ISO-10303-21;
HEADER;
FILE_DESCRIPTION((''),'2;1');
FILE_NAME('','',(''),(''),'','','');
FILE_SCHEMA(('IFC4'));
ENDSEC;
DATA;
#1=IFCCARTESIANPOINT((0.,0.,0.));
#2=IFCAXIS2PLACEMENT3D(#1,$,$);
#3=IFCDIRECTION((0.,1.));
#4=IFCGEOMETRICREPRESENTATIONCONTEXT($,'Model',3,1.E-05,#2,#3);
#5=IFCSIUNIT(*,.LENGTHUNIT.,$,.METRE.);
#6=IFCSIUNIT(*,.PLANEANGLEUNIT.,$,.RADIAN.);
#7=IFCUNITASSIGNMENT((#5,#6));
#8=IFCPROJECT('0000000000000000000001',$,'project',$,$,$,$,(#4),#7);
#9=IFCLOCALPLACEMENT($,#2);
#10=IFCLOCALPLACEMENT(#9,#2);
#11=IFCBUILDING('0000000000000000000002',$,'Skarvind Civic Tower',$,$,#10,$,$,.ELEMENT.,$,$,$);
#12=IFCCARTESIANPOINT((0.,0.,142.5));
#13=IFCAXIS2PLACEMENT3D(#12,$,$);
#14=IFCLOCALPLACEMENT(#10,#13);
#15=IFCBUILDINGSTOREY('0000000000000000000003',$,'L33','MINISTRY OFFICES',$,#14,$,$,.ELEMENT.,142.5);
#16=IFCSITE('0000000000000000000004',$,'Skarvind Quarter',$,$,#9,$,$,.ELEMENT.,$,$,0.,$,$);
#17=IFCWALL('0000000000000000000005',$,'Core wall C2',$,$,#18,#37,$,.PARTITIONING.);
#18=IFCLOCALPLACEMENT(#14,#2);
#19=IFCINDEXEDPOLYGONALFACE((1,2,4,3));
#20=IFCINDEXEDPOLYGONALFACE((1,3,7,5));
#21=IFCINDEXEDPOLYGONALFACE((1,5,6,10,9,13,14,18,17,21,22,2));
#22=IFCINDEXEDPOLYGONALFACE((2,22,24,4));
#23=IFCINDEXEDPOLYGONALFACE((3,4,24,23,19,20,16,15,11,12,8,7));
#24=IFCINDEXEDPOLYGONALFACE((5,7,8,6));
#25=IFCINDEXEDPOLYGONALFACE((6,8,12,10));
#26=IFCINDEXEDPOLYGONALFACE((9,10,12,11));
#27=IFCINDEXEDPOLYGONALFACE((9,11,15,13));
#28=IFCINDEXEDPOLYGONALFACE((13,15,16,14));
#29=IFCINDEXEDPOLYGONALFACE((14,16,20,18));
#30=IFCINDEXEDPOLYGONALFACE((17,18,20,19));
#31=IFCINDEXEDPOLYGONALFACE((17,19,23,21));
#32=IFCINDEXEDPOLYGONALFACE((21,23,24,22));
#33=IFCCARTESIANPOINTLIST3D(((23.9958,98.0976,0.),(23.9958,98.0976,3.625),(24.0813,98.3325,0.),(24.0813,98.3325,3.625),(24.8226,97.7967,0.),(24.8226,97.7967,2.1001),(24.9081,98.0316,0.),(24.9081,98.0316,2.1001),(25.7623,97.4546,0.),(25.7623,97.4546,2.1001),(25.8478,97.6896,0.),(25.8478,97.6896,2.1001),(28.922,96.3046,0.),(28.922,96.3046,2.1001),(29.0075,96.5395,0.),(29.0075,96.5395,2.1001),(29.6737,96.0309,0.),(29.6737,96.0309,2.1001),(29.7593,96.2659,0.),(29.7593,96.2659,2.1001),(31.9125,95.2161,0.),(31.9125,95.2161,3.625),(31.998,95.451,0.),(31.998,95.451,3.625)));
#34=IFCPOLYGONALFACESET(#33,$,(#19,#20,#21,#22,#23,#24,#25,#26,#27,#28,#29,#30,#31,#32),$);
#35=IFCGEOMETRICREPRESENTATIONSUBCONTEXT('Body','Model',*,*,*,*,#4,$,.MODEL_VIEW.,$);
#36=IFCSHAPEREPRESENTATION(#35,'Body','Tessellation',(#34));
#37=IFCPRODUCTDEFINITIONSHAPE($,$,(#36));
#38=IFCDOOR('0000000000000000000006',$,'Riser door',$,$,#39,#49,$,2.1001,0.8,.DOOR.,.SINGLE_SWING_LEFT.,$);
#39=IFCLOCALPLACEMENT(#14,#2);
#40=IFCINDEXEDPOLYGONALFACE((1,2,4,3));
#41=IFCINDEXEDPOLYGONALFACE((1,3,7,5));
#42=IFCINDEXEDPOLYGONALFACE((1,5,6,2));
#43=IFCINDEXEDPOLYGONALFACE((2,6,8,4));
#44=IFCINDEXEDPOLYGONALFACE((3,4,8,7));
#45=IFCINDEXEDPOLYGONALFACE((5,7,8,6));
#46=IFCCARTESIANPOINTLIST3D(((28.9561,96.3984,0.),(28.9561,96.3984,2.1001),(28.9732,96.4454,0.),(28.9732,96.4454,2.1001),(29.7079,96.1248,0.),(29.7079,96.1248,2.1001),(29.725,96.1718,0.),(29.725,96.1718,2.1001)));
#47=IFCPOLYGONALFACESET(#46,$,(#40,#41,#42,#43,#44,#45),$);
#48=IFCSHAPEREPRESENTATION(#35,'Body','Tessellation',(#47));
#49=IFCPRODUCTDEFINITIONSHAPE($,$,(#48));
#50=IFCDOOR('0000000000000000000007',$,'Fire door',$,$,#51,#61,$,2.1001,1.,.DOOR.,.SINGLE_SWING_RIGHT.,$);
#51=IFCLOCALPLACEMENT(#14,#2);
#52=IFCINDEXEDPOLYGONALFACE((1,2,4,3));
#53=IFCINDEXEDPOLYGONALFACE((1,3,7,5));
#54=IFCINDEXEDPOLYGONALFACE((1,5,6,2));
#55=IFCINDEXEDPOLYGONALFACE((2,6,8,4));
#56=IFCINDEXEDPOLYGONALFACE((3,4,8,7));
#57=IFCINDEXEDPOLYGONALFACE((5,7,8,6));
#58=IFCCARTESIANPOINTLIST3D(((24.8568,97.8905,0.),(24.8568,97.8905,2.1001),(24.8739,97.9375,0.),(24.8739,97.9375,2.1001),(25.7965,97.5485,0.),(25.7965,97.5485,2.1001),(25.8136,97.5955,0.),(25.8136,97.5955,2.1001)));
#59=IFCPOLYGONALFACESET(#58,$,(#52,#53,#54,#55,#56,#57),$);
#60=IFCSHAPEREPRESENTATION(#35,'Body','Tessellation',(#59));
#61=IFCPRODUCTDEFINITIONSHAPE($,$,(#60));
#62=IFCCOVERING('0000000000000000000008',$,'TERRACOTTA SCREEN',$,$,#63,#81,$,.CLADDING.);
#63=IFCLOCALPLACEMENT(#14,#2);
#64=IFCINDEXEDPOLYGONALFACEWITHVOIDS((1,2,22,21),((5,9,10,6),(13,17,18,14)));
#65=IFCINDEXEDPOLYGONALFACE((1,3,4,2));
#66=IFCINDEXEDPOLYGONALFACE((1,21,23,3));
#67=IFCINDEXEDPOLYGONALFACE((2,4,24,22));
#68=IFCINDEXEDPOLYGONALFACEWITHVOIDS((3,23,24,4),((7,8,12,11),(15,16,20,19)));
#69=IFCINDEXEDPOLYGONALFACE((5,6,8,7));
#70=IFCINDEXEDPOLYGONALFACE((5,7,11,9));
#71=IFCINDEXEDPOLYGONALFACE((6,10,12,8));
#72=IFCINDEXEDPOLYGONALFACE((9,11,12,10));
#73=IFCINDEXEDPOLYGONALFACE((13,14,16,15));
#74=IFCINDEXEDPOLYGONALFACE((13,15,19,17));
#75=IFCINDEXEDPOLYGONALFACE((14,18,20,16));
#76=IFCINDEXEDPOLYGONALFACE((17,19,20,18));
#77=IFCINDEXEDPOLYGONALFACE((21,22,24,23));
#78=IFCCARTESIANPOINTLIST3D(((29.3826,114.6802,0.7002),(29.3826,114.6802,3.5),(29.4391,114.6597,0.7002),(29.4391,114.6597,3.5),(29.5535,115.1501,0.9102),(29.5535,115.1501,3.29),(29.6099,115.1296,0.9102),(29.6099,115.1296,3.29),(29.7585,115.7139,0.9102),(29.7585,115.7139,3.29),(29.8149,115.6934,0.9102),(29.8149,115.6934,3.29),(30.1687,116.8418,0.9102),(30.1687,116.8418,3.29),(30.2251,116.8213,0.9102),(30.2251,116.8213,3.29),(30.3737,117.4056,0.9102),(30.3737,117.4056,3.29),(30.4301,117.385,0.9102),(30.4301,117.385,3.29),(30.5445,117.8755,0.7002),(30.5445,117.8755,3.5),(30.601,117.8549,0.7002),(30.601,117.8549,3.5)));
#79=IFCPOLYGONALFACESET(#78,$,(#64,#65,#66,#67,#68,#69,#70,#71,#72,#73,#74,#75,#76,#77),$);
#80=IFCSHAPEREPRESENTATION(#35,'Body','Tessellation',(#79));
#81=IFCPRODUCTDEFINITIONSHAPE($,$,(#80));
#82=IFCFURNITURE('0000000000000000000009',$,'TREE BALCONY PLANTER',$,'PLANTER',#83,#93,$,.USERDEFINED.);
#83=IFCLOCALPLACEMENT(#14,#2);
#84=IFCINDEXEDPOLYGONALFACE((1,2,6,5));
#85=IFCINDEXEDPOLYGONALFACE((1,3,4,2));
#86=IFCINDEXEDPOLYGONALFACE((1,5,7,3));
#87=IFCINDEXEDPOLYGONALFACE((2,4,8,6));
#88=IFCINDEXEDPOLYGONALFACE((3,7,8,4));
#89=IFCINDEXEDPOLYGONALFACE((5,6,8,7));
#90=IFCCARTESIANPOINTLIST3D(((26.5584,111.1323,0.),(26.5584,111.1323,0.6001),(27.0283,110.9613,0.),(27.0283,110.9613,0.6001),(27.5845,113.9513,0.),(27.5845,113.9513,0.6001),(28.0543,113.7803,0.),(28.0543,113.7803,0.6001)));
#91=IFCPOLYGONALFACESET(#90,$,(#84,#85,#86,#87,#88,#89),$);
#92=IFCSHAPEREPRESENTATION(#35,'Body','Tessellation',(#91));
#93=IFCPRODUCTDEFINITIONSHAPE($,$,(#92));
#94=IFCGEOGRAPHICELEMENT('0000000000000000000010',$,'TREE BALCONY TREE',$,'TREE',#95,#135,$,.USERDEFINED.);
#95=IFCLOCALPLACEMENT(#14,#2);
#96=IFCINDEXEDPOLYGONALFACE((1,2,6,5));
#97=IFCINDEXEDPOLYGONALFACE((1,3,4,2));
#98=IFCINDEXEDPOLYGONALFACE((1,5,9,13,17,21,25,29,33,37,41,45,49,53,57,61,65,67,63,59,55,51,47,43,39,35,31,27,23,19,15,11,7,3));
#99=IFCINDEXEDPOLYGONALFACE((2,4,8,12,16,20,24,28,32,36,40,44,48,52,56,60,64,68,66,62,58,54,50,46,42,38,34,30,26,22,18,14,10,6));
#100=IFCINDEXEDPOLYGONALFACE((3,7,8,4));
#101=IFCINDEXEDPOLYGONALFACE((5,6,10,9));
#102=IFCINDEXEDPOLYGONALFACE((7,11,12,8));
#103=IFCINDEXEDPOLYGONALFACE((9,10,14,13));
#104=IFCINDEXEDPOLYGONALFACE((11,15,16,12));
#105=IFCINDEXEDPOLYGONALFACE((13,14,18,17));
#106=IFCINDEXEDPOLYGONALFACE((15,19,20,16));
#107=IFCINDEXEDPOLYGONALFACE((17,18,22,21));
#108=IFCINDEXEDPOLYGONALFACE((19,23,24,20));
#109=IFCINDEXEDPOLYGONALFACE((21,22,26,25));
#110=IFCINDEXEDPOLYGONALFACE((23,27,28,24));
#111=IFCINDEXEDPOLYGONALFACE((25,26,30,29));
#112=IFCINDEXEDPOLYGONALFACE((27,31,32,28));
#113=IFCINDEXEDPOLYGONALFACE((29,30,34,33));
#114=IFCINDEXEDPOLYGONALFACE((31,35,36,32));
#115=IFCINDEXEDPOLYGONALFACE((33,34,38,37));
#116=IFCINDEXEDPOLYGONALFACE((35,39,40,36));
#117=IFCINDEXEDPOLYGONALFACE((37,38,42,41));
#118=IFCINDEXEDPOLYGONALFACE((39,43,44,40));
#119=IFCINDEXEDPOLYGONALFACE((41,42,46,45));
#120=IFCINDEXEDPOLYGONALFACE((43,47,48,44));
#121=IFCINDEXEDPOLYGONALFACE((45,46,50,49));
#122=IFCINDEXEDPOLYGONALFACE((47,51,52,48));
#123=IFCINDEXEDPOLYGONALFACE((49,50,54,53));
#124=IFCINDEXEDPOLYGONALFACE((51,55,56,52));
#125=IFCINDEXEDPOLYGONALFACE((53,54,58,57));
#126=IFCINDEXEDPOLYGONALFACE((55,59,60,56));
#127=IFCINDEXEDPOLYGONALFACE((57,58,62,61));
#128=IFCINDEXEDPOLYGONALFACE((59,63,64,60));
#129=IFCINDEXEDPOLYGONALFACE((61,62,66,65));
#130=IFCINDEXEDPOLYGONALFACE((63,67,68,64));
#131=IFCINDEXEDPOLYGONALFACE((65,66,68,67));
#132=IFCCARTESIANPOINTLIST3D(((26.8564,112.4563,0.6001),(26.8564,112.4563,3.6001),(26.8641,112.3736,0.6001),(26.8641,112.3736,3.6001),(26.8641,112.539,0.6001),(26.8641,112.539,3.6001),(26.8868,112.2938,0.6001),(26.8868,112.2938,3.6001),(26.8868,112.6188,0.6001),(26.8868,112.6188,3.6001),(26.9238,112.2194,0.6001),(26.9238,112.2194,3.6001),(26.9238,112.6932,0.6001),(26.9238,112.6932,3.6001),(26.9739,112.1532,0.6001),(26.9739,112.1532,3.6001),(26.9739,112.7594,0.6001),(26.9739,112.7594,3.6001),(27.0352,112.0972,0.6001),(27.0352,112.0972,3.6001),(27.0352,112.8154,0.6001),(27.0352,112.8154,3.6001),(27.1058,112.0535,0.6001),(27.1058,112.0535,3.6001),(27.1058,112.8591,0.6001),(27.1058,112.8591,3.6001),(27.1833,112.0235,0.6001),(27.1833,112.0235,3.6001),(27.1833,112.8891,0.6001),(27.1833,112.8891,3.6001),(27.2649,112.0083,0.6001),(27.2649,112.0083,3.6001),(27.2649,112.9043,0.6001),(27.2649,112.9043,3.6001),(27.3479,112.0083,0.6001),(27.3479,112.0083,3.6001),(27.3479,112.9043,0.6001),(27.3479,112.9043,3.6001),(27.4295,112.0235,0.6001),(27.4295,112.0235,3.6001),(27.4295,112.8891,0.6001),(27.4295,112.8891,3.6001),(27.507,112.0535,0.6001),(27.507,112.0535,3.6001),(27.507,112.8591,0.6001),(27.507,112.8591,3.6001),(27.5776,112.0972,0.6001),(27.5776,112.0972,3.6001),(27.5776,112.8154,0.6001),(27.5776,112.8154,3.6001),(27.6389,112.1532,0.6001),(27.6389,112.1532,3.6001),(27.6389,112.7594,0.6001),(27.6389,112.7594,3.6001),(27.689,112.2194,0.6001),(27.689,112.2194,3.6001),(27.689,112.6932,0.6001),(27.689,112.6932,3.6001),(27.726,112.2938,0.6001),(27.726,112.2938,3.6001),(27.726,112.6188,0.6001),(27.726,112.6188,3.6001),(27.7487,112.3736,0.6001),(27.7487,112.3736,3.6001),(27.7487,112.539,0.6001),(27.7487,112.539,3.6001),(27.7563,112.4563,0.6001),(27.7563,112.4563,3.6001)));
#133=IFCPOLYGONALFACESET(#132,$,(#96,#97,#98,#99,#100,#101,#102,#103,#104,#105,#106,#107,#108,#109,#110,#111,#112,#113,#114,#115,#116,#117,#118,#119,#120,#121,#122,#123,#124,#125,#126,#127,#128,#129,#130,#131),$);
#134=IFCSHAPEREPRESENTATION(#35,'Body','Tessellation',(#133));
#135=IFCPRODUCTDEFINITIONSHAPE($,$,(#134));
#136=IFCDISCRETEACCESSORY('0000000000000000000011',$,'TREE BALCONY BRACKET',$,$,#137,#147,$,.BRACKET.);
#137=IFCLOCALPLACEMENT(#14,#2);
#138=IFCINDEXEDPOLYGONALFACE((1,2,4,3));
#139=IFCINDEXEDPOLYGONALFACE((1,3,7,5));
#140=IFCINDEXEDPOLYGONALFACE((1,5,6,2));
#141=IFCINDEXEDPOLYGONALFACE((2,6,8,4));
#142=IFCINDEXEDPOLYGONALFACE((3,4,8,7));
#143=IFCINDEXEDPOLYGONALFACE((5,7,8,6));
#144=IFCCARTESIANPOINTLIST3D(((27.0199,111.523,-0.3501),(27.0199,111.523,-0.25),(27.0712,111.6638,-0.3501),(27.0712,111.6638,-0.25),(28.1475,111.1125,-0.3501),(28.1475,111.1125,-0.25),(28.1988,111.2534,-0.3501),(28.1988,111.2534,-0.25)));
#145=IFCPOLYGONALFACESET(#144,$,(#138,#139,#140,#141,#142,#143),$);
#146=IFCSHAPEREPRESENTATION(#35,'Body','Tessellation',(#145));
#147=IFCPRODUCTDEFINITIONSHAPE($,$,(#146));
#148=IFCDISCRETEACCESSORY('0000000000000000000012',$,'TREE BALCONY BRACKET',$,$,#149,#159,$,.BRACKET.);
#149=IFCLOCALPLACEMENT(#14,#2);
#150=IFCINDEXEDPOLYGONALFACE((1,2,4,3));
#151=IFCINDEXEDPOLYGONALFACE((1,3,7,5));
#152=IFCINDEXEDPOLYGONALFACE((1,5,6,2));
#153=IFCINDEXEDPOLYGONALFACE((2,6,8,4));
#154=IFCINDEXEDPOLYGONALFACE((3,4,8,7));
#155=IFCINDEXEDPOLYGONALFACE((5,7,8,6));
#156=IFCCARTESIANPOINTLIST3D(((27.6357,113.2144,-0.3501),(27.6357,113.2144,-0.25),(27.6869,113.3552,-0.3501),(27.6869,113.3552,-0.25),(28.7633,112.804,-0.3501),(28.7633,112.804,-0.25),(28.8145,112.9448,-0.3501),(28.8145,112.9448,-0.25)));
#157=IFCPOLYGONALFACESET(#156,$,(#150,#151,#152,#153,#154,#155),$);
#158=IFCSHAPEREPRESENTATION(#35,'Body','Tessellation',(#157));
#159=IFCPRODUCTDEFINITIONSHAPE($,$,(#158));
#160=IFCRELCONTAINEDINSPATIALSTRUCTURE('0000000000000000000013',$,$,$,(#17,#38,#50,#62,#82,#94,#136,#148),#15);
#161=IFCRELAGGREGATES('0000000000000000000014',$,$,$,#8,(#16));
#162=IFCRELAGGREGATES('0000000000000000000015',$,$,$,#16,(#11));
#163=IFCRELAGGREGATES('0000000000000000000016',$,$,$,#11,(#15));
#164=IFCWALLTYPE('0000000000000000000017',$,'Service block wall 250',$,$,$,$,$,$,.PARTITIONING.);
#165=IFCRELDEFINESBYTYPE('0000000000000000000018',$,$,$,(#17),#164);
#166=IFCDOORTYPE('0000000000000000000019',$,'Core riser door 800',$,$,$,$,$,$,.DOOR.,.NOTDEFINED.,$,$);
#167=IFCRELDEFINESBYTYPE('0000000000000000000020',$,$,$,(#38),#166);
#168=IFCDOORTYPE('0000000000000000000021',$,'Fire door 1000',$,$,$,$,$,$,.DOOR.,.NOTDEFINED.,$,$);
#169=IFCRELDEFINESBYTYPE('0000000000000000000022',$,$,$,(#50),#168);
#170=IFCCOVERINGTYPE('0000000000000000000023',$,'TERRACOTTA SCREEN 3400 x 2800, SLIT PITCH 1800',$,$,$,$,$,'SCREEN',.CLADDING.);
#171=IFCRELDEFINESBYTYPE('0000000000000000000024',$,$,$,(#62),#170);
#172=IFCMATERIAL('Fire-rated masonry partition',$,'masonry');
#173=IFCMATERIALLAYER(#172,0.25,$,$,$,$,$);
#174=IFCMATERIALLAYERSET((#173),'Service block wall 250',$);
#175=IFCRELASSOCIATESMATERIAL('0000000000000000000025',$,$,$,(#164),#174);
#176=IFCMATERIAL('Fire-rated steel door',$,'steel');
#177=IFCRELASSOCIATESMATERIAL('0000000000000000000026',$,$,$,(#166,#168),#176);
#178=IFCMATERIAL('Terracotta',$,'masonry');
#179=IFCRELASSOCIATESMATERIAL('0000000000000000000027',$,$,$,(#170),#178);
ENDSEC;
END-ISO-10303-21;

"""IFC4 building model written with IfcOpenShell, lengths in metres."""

from ifc_helpers import new_model, si_unit, direction, frame, frame_2d, origin, origin_2d, place, context, subcontext, project, spatial, polyline, rectangle, circle, outline, extrude, material, layer, layer_set, material_profile, profile_set, type_object, element, fill, save


model = new_model("IFC4")

# Units and contexts
model_context = context("Model", 3, precision=1e-05, world=origin(), true_north=direction((0.0, 1.0)))
body_context = subcontext(model_context, "Body", "Model", "MODEL_VIEW")
ifc_project = project(units=[si_unit("LENGTHUNIT", "METRE"), si_unit("PLANEANGLEUNIT", "RADIAN")], contexts=[model_context])

# Site, building, storey
site_placement = place(None, origin())
site = spatial("IfcSite", under=ifc_project, at=site_placement, Name="Skarvind Quarter", CompositionType="ELEMENT", RefElevation=0.0)
building_placement = place(site_placement, origin())
building = spatial("IfcBuilding", under=site, at=building_placement, Name="Skarvind Civic Tower", CompositionType="ELEMENT")
storey_placement = place(building_placement, frame((0.0, 0.0, 142.5)))
storey = spatial("IfcBuildingStorey", under=building, at=storey_placement, Name="L33", Description="MINISTRY OFFICES", CompositionType="ELEMENT", Elevation=142.5)

# Shared definitions
ifc_material_1 = material(Name="Fire-rated masonry partition", Category="masonry")
ifc_material_2 = material(Name="Fire-rated steel door", Category="steel")

# Wall, openings, doors
ifc_layer_1 = layer(ifc_material_1, 0.25)
ifc_layer_set_1 = layer_set([ifc_layer_1], Name="Service block wall 250")
wall_type_1 = type_object("IfcWallType", Name="Service block wall 250", PredefinedType="PARTITIONING", material=ifc_layer_set_1)
wall_1_placement = place(storey_placement, frame((24.0386, 98.2151, 0.0), z_axis=(0.0, 0.0, 1.0), x_axis=(0.939688, -0.342034, 0.0)))
wall_1 = element("IfcWall", 1, at=wall_1_placement, inside=storey, type_object=wall_type_1, Name="Core wall C2", PredefinedType="PARTITIONING", context=body_context, shape_type="SweptSolid", body=[
    extrude(rectangle(XDim=8.4248, YDim=0.25, at=frame_2d((4.2124, 0.0))), origin(), (0.0, 0.0, 1.0), 3.625),
])
opening_1_placement = place(wall_1_placement, frame((5.2424, 0.0, 0.0)))
opening_1 = element("IfcOpeningElement", 2, at=opening_1_placement, cuts=wall_1, PredefinedType="OPENING", context=body_context, shape_type="SweptSolid", body=[
    extrude(rectangle(XDim=0.8, YDim=2.1001, at=frame_2d((0.3999, 1.05))), frame((0.0, 0.135, 0.0), z_axis=(0.0, -1.0, 0.0), x_axis=(1.0, 0.0, 0.0)), (0.0, 0.0, 1.0), 0.27),
])
opening_2_placement = place(wall_1_placement, frame((0.8799, 0.0, 0.0)))
opening_2 = element("IfcOpeningElement", 3, at=opening_2_placement, cuts=wall_1, PredefinedType="OPENING", context=body_context, shape_type="SweptSolid", body=[
    extrude(rectangle(XDim=1.0, YDim=2.1001, at=frame_2d((0.5, 1.05))), frame((0.0, 0.135, 0.0), z_axis=(0.0, -1.0, 0.0), x_axis=(1.0, 0.0, 0.0)), (0.0, 0.0, 1.0), 0.27),
])
door_type_1 = type_object("IfcDoorType", Name="Core riser door 800", OperationType="NOTDEFINED", PredefinedType="DOOR", material=ifc_material_2)
door_1_placement = place(opening_1_placement, origin())
door_1 = element("IfcDoor", 4, at=door_1_placement, inside=storey, type_object=door_type_1, Name="Riser door", OperationType="SINGLE_SWING_LEFT", OverallHeight=2.1001, OverallWidth=0.8, PredefinedType="DOOR", context=body_context, shape_type="SweptSolid", body=[
    extrude(rectangle(XDim=0.8, YDim=2.1001, at=frame_2d((0.3999, 1.05))), frame((0.0, 0.0249, 0.0), z_axis=(0.0, -1.0, 0.0), x_axis=(1.0, 0.0, 0.0)), (0.0, 0.0, 1.0), 0.05),
])
fill(opening_1, door_1)
door_type_2 = type_object("IfcDoorType", Name="Fire door 1000", OperationType="NOTDEFINED", PredefinedType="DOOR", material=ifc_material_2)
door_2_placement = place(opening_2_placement, origin())
door_2 = element("IfcDoor", 5, at=door_2_placement, inside=storey, type_object=door_type_2, Name="Fire door", OperationType="SINGLE_SWING_RIGHT", OverallHeight=2.1001, OverallWidth=1.0, PredefinedType="DOOR", context=body_context, shape_type="SweptSolid", body=[
    extrude(rectangle(XDim=1.0, YDim=2.1001, at=frame_2d((0.5, 1.05))), frame((0.0, 0.0249, 0.0), z_axis=(0.0, -1.0, 0.0), x_axis=(1.0, 0.0, 0.0)), (0.0, 0.0, 1.0), 0.05),
])
fill(opening_2, door_2)

# Covering
ifc_material_3 = material(Name="Terracotta", Category="masonry")
ifc_material_profile_1 = material_profile(ifc_material_3, outline(polyline([(-1.7, -1.3999), (1.7, -1.3999), (1.7, 1.3999), (-1.7, 1.3999), (-1.7, -1.3999)]), holes=[polyline([(-1.2, -1.1899), (-0.6001, -1.1899), (-0.6001, 1.1899), (-1.2, 1.1899), (-1.2, -1.1899)]), polyline([(0.6001, -1.1899), (1.2, -1.1899), (1.2, 1.1899), (0.6001, 1.1899), (0.6001, -1.1899)])]), Name="TERRACOTTA SCREEN 3400 x 2800, SLIT PITCH 1800")
ifc_profile_set_1 = profile_set([ifc_material_profile_1], Name="Terracotta")
covering_type = type_object("IfcCoveringType", Name="TERRACOTTA SCREEN 3400 x 2800, SLIT PITCH 1800", ElementType="SCREEN", PredefinedType="CLADDING", material=ifc_profile_set_1)
covering_placement = place(storey_placement, frame((30.02, 116.2573, 2.1001), z_axis=(-0.939793, 0.341743, 0.0), x_axis=(-0.341743, -0.939793, 0.0)))
element("IfcCovering", 6, at=covering_placement, inside=storey, type_object=covering_type, Name="TERRACOTTA SCREEN", PredefinedType="CLADDING", context=body_context, shape_type="SweptSolid", body=[
    extrude(outline(polyline([(-1.7, -1.3999), (1.7, -1.3999), (1.7, 1.3999), (-1.7, 1.3999), (-1.7, -1.3999)]), holes=[polyline([(-1.2, -1.1899), (-0.6001, -1.1899), (-0.6001, 1.1899), (-1.2, 1.1899), (-1.2, -1.1899)]), polyline([(0.6001, -1.1899), (1.2, -1.1899), (1.2, 1.1899), (0.6001, 1.1899), (0.6001, -1.1899)])]), origin(), (0.0, 0.0, 1.0), 0.0601),
])

# Furniture
furniture_placement = place(storey_placement, frame((27.3064, 112.4563, 0.0), z_axis=(0.0, 0.0, 1.0), x_axis=(0.34202, 0.939693, 0.0)))
element("IfcFurniture", 7, at=furniture_placement, inside=storey, Name="TREE BALCONY PLANTER", ObjectType="PLANTER", PredefinedType="USERDEFINED", context=body_context, shape_type="SweptSolid", body=[
    extrude(rectangle(XDim=3.0, YDim=0.5, at=origin_2d()), origin(), (0.0, 0.0, 1.0), 0.6001),
])

# Geographic element
geographic_element_placement = place(storey_placement, frame((27.3064, 112.4563, 0.6001), z_axis=(0.0, 0.0, 1.0), x_axis=(1.0, 0.0, 0.0)))
element("IfcGeographicElement", 8, at=geographic_element_placement, inside=storey, Name="TREE BALCONY TREE", ObjectType="TREE", PredefinedType="USERDEFINED", context=body_context, shape_type="SweptSolid", body=[
    extrude(circle(Radius=0.45, at=origin_2d()), origin(), (0.0, 0.0, 1.0), 3.0),
])

# Discrete accessories
for number, where, z_axis, x_axis, name in (
    (9, (27.6094, 111.3882, -0.3501), (0.0, 0.0, 1.0), (0.34202, 0.939693, 0.0), "TREE BALCONY BRACKET"),
    (10, (28.2251, 113.0796, -0.3501), (0.0, 0.0, 1.0), (0.34202, 0.939693, 0.0), "TREE BALCONY BRACKET"),
):
    element("IfcDiscreteAccessory", number, at=place(storey_placement, frame(where, z_axis=z_axis, x_axis=x_axis)), inside=storey, Name=name, PredefinedType="BRACKET", context=body_context, shape_type="SweptSolid", body=[
        extrude(rectangle(XDim=0.1499, YDim=1.2, at=origin_2d()), origin(), (0.0, 0.0, 1.0), 0.1001),
    ])

save(model, "model.ifc")
